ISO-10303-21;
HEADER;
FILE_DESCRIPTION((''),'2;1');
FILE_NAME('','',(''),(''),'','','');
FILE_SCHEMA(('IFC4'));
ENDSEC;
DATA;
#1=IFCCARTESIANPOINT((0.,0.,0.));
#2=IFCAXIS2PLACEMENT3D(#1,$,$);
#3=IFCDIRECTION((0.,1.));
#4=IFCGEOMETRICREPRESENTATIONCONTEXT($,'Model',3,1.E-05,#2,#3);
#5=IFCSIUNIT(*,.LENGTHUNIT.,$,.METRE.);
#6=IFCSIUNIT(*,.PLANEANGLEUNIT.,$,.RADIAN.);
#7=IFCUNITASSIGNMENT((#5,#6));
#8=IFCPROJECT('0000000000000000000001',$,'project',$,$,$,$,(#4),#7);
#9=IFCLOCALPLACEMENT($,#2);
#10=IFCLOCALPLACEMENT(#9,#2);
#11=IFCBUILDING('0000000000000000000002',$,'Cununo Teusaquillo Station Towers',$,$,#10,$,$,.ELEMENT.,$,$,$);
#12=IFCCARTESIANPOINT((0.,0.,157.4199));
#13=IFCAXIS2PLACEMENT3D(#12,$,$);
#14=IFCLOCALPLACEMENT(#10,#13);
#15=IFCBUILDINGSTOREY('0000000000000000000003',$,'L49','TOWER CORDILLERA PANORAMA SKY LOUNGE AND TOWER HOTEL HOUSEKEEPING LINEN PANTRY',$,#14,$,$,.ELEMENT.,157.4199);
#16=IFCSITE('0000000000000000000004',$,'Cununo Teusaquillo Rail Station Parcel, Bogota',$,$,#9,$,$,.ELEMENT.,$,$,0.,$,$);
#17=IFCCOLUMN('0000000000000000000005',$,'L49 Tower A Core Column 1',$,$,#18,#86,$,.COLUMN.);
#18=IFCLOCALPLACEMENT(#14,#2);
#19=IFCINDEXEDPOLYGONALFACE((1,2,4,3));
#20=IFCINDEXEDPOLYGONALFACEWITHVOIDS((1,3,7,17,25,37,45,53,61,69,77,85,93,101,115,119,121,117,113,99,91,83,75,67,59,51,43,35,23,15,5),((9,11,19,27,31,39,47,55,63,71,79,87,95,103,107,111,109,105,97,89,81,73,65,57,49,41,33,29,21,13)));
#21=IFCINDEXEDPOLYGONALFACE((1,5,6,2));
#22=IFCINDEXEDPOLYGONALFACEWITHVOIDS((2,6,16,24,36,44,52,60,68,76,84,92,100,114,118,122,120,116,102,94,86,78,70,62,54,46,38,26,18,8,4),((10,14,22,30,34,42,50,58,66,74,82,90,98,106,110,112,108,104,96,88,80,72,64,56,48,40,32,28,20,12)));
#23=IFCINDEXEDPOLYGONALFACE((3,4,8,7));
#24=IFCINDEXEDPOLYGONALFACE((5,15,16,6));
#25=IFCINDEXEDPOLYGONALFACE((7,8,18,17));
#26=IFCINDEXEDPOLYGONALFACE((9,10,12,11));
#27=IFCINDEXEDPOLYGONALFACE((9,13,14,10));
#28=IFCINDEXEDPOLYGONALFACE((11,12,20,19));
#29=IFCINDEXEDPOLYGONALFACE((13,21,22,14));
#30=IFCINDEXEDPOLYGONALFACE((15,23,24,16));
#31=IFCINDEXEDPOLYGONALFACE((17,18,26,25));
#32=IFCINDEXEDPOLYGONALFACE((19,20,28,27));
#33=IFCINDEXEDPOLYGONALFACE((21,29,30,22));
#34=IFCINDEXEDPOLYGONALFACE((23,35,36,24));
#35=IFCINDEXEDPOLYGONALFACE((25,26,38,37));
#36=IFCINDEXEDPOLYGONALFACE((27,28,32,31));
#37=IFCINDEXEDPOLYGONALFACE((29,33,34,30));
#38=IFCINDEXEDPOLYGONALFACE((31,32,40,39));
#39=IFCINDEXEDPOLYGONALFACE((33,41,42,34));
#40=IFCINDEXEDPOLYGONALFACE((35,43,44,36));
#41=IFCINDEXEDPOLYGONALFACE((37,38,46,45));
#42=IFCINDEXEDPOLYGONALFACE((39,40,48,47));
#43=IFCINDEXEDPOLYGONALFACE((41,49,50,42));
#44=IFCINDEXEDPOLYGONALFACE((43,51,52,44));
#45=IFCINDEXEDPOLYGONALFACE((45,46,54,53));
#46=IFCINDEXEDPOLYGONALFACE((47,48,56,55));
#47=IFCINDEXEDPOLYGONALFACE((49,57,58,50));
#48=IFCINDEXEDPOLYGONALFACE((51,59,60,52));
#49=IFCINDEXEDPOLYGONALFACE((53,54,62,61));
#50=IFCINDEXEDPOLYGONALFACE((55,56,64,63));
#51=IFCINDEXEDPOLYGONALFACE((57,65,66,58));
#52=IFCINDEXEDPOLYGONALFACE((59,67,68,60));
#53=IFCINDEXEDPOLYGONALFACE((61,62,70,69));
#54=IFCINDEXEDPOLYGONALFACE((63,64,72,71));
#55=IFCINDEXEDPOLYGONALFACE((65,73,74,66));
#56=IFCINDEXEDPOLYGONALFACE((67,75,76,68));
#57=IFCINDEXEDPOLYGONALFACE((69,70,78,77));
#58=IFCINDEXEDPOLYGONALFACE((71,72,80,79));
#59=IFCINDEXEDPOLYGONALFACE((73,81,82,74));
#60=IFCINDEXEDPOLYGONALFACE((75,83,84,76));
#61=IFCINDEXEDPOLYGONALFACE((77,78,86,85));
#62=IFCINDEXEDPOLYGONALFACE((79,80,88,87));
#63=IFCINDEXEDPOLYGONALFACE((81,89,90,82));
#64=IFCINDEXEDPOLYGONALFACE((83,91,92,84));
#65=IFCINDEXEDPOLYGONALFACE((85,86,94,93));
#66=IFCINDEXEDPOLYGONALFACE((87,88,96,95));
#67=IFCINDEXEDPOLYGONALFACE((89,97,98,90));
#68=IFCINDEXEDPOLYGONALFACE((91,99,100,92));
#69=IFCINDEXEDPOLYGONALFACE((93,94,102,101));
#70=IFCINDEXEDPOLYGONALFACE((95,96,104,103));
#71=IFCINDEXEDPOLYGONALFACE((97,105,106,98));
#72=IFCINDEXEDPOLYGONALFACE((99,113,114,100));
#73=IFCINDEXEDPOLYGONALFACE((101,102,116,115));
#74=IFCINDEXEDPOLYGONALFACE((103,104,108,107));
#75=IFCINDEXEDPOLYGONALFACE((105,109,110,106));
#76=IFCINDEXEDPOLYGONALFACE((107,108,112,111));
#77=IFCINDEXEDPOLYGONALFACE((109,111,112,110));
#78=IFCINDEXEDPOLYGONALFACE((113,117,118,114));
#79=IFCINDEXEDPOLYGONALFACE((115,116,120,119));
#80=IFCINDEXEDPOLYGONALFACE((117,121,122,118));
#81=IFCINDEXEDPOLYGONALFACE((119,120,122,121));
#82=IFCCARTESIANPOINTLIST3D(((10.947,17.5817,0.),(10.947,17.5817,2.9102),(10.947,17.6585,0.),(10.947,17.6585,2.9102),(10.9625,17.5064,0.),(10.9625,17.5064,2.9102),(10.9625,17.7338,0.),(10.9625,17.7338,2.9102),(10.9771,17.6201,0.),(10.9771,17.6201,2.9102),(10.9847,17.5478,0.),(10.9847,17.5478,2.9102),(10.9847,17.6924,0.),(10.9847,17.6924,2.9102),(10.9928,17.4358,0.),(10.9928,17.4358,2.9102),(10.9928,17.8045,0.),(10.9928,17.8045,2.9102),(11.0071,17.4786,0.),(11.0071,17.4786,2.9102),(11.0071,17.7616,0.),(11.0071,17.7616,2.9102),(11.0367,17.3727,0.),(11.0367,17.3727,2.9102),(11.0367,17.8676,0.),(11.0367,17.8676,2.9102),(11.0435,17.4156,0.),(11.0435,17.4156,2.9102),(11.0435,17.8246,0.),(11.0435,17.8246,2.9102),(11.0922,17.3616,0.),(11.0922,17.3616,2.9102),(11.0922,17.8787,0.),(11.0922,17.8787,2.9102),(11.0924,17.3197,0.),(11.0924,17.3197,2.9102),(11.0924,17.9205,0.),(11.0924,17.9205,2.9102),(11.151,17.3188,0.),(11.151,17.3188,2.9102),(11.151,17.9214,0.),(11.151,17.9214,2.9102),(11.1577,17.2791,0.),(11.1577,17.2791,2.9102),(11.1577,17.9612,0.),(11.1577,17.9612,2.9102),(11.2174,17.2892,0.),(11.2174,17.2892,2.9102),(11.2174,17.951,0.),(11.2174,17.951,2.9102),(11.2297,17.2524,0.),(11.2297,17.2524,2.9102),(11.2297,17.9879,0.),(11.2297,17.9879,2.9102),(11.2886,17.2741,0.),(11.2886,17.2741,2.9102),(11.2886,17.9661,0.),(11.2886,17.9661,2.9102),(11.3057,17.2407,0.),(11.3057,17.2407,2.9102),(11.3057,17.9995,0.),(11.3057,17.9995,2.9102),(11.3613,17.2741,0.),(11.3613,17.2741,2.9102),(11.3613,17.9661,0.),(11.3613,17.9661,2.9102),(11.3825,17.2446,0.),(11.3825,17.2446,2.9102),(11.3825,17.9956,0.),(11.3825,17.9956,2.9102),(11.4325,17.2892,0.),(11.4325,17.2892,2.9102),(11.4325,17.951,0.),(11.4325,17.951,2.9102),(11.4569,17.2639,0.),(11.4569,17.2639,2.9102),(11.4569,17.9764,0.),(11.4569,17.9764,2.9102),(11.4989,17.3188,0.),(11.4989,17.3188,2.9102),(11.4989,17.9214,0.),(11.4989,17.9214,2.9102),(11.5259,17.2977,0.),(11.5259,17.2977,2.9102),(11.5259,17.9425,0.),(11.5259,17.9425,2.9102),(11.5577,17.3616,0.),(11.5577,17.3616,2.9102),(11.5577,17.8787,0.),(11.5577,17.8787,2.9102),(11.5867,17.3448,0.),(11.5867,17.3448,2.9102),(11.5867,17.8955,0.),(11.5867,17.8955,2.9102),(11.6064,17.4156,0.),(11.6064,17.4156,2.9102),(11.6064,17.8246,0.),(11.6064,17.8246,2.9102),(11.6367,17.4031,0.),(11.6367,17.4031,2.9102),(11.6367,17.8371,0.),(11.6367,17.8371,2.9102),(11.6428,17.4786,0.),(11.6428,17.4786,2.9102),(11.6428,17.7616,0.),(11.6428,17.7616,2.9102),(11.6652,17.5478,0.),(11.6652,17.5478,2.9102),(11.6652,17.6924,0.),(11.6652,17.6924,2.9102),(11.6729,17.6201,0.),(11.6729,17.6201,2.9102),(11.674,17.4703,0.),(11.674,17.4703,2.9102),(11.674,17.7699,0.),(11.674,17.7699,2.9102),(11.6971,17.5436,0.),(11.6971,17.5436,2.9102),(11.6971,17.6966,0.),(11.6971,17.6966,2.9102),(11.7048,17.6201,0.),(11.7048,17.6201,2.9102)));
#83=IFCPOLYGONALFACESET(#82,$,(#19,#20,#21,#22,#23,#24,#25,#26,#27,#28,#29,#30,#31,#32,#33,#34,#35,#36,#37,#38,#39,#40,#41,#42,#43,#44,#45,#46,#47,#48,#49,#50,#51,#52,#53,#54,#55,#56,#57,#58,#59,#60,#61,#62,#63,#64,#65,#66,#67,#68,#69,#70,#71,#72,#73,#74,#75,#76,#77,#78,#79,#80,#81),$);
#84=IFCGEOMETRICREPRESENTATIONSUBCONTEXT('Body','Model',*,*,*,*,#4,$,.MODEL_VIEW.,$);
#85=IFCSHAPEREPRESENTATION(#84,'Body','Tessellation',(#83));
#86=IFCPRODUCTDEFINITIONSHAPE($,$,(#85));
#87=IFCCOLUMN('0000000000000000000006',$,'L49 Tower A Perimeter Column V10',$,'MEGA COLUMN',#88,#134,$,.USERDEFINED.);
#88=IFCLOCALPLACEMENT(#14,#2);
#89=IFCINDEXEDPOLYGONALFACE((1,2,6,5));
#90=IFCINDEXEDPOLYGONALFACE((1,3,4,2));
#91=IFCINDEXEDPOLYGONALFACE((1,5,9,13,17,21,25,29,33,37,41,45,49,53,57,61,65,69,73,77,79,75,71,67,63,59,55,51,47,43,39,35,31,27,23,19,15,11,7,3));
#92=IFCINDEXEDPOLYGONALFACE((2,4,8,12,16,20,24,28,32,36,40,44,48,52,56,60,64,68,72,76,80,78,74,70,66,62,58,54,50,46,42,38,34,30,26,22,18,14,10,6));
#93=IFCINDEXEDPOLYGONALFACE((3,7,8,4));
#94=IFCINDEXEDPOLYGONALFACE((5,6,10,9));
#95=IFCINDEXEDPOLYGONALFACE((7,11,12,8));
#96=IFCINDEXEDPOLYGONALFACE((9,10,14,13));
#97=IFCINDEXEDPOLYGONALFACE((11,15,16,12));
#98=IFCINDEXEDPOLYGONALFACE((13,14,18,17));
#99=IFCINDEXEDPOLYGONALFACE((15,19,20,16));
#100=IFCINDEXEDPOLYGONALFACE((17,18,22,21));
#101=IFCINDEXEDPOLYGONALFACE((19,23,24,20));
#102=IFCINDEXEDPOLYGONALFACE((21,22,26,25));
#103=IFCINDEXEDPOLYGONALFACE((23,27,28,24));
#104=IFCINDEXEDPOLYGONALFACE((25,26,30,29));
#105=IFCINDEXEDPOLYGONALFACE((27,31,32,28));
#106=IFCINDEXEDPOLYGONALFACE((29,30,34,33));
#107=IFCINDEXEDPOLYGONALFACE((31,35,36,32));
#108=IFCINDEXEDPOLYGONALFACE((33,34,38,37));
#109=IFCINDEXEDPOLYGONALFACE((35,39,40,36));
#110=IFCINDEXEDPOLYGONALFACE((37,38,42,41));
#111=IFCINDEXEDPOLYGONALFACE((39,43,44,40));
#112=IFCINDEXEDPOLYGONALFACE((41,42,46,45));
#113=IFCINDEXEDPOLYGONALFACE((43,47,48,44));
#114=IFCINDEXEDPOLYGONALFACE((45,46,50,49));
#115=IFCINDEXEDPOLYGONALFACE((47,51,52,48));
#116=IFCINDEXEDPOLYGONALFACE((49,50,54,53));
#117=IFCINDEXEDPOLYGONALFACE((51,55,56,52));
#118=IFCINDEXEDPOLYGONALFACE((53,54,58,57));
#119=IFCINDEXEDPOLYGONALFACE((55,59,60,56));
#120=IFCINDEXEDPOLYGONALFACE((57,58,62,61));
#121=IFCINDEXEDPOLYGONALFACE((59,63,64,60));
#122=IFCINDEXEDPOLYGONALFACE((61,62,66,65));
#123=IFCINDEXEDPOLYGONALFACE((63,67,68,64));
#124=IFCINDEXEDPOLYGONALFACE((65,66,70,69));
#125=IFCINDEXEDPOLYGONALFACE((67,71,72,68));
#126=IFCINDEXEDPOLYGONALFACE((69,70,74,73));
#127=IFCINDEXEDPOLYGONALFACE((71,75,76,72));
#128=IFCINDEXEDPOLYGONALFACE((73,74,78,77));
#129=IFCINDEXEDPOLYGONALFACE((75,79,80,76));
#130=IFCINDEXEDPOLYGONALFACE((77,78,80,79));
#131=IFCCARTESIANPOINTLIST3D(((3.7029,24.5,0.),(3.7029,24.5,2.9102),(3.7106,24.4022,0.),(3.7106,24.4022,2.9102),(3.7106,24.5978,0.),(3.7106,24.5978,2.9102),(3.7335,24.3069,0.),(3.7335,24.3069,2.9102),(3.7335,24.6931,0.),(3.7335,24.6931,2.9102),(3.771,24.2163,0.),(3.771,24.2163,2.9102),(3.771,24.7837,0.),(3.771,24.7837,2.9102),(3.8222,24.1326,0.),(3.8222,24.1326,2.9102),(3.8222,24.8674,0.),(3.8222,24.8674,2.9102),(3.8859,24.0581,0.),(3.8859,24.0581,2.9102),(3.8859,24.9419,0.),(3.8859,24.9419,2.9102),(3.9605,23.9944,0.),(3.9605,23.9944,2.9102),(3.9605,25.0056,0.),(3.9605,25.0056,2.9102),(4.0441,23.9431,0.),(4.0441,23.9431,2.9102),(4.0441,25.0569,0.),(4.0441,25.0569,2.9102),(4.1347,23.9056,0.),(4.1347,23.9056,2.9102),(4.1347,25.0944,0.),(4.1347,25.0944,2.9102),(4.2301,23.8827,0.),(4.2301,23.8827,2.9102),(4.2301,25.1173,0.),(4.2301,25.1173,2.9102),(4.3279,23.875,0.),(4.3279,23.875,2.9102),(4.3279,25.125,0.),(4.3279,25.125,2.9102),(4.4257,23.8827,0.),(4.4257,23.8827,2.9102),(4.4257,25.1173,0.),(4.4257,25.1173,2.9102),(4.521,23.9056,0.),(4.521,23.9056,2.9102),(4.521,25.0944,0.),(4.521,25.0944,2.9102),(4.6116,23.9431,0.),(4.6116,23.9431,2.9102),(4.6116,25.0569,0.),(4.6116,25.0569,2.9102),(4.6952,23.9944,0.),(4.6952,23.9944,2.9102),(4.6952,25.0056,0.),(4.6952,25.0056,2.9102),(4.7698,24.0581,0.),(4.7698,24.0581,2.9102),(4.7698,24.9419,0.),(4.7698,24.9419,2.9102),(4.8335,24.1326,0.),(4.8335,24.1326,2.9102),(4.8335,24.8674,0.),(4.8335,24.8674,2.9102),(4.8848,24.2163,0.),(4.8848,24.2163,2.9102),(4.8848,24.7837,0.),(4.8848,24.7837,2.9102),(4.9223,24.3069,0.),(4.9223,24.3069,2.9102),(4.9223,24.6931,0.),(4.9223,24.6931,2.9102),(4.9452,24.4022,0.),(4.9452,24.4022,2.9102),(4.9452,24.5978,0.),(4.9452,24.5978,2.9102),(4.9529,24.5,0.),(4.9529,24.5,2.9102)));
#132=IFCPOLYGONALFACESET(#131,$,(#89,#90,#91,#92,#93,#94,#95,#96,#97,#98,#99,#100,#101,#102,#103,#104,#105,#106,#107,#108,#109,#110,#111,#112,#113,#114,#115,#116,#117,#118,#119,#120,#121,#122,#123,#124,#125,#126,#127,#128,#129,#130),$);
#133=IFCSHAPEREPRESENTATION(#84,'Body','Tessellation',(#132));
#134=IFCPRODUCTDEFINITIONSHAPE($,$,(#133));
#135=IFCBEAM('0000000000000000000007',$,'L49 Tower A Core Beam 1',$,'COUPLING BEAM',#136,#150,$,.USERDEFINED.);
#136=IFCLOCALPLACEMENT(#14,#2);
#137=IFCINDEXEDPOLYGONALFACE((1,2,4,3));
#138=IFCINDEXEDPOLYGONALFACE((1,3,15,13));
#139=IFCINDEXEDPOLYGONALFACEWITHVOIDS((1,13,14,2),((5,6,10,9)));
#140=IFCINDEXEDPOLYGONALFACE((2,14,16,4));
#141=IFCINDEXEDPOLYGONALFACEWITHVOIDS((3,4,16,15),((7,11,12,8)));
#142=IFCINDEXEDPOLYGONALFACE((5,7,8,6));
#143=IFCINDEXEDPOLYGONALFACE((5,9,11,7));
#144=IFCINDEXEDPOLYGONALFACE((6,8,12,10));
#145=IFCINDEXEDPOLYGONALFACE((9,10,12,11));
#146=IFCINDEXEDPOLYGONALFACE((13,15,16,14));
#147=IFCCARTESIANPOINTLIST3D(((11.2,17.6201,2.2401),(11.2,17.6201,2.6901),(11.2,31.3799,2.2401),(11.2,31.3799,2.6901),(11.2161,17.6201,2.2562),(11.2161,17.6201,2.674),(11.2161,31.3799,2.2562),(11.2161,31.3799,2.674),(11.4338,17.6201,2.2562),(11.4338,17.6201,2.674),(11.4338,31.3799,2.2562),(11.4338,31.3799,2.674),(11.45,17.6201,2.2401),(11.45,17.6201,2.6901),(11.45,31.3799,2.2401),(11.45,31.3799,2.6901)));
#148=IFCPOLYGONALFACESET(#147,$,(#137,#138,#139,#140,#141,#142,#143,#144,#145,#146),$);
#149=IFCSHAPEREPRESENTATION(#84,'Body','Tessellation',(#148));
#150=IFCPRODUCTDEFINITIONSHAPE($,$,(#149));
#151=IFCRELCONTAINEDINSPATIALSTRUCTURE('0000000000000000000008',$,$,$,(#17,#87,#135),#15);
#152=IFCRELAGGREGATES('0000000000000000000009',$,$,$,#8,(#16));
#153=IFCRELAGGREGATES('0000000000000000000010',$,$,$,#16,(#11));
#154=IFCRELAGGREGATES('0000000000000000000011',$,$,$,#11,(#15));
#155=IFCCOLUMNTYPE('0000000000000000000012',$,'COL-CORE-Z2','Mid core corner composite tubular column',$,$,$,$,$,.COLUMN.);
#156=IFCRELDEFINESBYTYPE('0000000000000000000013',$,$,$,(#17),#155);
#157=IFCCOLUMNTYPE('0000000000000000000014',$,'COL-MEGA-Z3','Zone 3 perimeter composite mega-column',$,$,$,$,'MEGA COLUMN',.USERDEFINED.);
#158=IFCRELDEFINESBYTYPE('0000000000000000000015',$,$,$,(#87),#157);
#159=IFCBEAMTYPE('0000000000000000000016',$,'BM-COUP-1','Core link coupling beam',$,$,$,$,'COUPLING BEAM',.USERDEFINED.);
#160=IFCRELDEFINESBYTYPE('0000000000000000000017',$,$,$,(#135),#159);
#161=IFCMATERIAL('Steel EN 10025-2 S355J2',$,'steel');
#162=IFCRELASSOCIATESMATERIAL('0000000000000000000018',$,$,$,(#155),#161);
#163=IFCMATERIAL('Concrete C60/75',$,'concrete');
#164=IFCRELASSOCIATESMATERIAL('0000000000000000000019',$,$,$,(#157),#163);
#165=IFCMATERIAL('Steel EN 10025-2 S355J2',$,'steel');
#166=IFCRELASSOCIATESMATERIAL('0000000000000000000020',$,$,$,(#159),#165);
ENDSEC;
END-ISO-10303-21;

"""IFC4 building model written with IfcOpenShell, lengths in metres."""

from ifc_helpers import new_model, si_unit, direction, frame, origin, origin_2d, place, context, subcontext, project, spatial, hollow_rectangle, circle, hollow_circle, extrude, material, material_profile, profile_set, type_object, element, save


model = new_model("IFC4")

# Units and contexts
model_context = context("Model", 3, precision=1e-05, world=origin(), true_north=direction((0.0, 1.0)))
body_context = subcontext(model_context, "Body", "Model", "MODEL_VIEW")
ifc_project = project(units=[si_unit("LENGTHUNIT", "METRE"), si_unit("PLANEANGLEUNIT", "RADIAN")], contexts=[model_context])

# Site, building, storey
site_placement = place(None, origin())
site = spatial("IfcSite", under=ifc_project, at=site_placement, Name="Cununo Teusaquillo Rail Station Parcel, Bogota", CompositionType="ELEMENT", RefElevation=0.0)
building_placement = place(site_placement, origin())
building = spatial("IfcBuilding", under=site, at=building_placement, Name="Cununo Teusaquillo Station Towers", CompositionType="ELEMENT")
storey_placement = place(building_placement, frame((0.0, 0.0, 157.4199)))
storey = spatial("IfcBuildingStorey", under=building, at=storey_placement, Name="L49", Description="TOWER CORDILLERA PANORAMA SKY LOUNGE AND TOWER HOTEL HOUSEKEEPING LINEN PANTRY", CompositionType="ELEMENT", Elevation=157.4199)

# Columns
ifc_material_1 = material(Name="Steel EN 10025-2 S355J2", Category="steel")
ifc_material_profile_1 = material_profile(ifc_material_1, hollow_circle(Radius=0.3799, WallThickness=0.032, at=origin_2d()), Name="CHS 760x32")
ifc_profile_set_1 = profile_set([ifc_material_profile_1], Name="Steel EN 10025-2 S355J2")
column_type_1 = type_object("IfcColumnType", Name="COL-CORE-Z2", Description="Mid core corner composite tubular column", PredefinedType="COLUMN", material=ifc_profile_set_1)
column_1_placement = place(storey_placement, frame((11.325, 17.6201, 0.0), z_axis=(0.0, 0.0, 1.0), x_axis=(1.0, 0.0, 0.0)))
element("IfcColumn", 1, at=column_1_placement, inside=storey, type_object=column_type_1, Name="L49 Tower A Core Column 1", PredefinedType="COLUMN", context=body_context, shape_type="SweptSolid", body=[
    extrude(hollow_circle(Radius=0.3799, WallThickness=0.032, at=origin_2d()), origin(), (0.0, 0.0, 1.0), 2.9102),
])
ifc_material_2 = material(Name="Concrete C60/75", Category="concrete")
ifc_material_profile_2 = material_profile(ifc_material_2, circle(Radius=0.625, at=origin_2d()), Name="RC-CIRC-1250")
ifc_profile_set_2 = profile_set([ifc_material_profile_2], Name="Concrete C60/75")
column_type_2 = type_object("IfcColumnType", Name="COL-MEGA-Z3", Description="Zone 3 perimeter composite mega-column", ElementType="MEGA COLUMN", PredefinedType="USERDEFINED", material=ifc_profile_set_2)
column_2_placement = place(storey_placement, frame((4.3279, 24.5, 0.0), z_axis=(0.0, 0.0, 1.0), x_axis=(1.0, 0.0, 0.0)))
element("IfcColumn", 2, at=column_2_placement, inside=storey, type_object=column_type_2, Name="L49 Tower A Perimeter Column V10", ObjectType="MEGA COLUMN", PredefinedType="USERDEFINED", context=body_context, shape_type="SweptSolid", body=[
    extrude(circle(Radius=0.625, at=origin_2d()), origin(), (0.0, 0.0, 1.0), 2.9102),
])

# Beam
ifc_material_3 = material(Name="Steel EN 10025-2 S355J2", Category="steel")
ifc_material_profile_3 = material_profile(ifc_material_3, hollow_rectangle(XDim=0.25, YDim=0.45, WallThickness=0.0161, at=origin_2d()), Name="RHS 450x250x16")
ifc_profile_set_3 = profile_set([ifc_material_profile_3], Name="Steel EN 10025-2 S355J2")
beam_type_1 = type_object("IfcBeamType", Name="BM-COUP-1", Description="Core link coupling beam", ElementType="COUPLING BEAM", PredefinedType="USERDEFINED", material=ifc_profile_set_3)
beam_1_placement = place(storey_placement, frame((11.325, 17.6201, 2.4651), z_axis=(0.0, 1.0, 0.0), x_axis=(-1.0, 0.0, 0.0)))
element("IfcBeam", 3, at=beam_1_placement, inside=storey, type_object=beam_type_1, Name="L49 Tower A Core Beam 1", ObjectType="COUPLING BEAM", PredefinedType="USERDEFINED", context=body_context, shape_type="SweptSolid", body=[
    extrude(hollow_rectangle(XDim=0.25, YDim=0.45, WallThickness=0.0161, at=origin_2d()), origin(), (0.0, 0.0, 1.0), 13.7598),
])

save(model, "model.ifc")
